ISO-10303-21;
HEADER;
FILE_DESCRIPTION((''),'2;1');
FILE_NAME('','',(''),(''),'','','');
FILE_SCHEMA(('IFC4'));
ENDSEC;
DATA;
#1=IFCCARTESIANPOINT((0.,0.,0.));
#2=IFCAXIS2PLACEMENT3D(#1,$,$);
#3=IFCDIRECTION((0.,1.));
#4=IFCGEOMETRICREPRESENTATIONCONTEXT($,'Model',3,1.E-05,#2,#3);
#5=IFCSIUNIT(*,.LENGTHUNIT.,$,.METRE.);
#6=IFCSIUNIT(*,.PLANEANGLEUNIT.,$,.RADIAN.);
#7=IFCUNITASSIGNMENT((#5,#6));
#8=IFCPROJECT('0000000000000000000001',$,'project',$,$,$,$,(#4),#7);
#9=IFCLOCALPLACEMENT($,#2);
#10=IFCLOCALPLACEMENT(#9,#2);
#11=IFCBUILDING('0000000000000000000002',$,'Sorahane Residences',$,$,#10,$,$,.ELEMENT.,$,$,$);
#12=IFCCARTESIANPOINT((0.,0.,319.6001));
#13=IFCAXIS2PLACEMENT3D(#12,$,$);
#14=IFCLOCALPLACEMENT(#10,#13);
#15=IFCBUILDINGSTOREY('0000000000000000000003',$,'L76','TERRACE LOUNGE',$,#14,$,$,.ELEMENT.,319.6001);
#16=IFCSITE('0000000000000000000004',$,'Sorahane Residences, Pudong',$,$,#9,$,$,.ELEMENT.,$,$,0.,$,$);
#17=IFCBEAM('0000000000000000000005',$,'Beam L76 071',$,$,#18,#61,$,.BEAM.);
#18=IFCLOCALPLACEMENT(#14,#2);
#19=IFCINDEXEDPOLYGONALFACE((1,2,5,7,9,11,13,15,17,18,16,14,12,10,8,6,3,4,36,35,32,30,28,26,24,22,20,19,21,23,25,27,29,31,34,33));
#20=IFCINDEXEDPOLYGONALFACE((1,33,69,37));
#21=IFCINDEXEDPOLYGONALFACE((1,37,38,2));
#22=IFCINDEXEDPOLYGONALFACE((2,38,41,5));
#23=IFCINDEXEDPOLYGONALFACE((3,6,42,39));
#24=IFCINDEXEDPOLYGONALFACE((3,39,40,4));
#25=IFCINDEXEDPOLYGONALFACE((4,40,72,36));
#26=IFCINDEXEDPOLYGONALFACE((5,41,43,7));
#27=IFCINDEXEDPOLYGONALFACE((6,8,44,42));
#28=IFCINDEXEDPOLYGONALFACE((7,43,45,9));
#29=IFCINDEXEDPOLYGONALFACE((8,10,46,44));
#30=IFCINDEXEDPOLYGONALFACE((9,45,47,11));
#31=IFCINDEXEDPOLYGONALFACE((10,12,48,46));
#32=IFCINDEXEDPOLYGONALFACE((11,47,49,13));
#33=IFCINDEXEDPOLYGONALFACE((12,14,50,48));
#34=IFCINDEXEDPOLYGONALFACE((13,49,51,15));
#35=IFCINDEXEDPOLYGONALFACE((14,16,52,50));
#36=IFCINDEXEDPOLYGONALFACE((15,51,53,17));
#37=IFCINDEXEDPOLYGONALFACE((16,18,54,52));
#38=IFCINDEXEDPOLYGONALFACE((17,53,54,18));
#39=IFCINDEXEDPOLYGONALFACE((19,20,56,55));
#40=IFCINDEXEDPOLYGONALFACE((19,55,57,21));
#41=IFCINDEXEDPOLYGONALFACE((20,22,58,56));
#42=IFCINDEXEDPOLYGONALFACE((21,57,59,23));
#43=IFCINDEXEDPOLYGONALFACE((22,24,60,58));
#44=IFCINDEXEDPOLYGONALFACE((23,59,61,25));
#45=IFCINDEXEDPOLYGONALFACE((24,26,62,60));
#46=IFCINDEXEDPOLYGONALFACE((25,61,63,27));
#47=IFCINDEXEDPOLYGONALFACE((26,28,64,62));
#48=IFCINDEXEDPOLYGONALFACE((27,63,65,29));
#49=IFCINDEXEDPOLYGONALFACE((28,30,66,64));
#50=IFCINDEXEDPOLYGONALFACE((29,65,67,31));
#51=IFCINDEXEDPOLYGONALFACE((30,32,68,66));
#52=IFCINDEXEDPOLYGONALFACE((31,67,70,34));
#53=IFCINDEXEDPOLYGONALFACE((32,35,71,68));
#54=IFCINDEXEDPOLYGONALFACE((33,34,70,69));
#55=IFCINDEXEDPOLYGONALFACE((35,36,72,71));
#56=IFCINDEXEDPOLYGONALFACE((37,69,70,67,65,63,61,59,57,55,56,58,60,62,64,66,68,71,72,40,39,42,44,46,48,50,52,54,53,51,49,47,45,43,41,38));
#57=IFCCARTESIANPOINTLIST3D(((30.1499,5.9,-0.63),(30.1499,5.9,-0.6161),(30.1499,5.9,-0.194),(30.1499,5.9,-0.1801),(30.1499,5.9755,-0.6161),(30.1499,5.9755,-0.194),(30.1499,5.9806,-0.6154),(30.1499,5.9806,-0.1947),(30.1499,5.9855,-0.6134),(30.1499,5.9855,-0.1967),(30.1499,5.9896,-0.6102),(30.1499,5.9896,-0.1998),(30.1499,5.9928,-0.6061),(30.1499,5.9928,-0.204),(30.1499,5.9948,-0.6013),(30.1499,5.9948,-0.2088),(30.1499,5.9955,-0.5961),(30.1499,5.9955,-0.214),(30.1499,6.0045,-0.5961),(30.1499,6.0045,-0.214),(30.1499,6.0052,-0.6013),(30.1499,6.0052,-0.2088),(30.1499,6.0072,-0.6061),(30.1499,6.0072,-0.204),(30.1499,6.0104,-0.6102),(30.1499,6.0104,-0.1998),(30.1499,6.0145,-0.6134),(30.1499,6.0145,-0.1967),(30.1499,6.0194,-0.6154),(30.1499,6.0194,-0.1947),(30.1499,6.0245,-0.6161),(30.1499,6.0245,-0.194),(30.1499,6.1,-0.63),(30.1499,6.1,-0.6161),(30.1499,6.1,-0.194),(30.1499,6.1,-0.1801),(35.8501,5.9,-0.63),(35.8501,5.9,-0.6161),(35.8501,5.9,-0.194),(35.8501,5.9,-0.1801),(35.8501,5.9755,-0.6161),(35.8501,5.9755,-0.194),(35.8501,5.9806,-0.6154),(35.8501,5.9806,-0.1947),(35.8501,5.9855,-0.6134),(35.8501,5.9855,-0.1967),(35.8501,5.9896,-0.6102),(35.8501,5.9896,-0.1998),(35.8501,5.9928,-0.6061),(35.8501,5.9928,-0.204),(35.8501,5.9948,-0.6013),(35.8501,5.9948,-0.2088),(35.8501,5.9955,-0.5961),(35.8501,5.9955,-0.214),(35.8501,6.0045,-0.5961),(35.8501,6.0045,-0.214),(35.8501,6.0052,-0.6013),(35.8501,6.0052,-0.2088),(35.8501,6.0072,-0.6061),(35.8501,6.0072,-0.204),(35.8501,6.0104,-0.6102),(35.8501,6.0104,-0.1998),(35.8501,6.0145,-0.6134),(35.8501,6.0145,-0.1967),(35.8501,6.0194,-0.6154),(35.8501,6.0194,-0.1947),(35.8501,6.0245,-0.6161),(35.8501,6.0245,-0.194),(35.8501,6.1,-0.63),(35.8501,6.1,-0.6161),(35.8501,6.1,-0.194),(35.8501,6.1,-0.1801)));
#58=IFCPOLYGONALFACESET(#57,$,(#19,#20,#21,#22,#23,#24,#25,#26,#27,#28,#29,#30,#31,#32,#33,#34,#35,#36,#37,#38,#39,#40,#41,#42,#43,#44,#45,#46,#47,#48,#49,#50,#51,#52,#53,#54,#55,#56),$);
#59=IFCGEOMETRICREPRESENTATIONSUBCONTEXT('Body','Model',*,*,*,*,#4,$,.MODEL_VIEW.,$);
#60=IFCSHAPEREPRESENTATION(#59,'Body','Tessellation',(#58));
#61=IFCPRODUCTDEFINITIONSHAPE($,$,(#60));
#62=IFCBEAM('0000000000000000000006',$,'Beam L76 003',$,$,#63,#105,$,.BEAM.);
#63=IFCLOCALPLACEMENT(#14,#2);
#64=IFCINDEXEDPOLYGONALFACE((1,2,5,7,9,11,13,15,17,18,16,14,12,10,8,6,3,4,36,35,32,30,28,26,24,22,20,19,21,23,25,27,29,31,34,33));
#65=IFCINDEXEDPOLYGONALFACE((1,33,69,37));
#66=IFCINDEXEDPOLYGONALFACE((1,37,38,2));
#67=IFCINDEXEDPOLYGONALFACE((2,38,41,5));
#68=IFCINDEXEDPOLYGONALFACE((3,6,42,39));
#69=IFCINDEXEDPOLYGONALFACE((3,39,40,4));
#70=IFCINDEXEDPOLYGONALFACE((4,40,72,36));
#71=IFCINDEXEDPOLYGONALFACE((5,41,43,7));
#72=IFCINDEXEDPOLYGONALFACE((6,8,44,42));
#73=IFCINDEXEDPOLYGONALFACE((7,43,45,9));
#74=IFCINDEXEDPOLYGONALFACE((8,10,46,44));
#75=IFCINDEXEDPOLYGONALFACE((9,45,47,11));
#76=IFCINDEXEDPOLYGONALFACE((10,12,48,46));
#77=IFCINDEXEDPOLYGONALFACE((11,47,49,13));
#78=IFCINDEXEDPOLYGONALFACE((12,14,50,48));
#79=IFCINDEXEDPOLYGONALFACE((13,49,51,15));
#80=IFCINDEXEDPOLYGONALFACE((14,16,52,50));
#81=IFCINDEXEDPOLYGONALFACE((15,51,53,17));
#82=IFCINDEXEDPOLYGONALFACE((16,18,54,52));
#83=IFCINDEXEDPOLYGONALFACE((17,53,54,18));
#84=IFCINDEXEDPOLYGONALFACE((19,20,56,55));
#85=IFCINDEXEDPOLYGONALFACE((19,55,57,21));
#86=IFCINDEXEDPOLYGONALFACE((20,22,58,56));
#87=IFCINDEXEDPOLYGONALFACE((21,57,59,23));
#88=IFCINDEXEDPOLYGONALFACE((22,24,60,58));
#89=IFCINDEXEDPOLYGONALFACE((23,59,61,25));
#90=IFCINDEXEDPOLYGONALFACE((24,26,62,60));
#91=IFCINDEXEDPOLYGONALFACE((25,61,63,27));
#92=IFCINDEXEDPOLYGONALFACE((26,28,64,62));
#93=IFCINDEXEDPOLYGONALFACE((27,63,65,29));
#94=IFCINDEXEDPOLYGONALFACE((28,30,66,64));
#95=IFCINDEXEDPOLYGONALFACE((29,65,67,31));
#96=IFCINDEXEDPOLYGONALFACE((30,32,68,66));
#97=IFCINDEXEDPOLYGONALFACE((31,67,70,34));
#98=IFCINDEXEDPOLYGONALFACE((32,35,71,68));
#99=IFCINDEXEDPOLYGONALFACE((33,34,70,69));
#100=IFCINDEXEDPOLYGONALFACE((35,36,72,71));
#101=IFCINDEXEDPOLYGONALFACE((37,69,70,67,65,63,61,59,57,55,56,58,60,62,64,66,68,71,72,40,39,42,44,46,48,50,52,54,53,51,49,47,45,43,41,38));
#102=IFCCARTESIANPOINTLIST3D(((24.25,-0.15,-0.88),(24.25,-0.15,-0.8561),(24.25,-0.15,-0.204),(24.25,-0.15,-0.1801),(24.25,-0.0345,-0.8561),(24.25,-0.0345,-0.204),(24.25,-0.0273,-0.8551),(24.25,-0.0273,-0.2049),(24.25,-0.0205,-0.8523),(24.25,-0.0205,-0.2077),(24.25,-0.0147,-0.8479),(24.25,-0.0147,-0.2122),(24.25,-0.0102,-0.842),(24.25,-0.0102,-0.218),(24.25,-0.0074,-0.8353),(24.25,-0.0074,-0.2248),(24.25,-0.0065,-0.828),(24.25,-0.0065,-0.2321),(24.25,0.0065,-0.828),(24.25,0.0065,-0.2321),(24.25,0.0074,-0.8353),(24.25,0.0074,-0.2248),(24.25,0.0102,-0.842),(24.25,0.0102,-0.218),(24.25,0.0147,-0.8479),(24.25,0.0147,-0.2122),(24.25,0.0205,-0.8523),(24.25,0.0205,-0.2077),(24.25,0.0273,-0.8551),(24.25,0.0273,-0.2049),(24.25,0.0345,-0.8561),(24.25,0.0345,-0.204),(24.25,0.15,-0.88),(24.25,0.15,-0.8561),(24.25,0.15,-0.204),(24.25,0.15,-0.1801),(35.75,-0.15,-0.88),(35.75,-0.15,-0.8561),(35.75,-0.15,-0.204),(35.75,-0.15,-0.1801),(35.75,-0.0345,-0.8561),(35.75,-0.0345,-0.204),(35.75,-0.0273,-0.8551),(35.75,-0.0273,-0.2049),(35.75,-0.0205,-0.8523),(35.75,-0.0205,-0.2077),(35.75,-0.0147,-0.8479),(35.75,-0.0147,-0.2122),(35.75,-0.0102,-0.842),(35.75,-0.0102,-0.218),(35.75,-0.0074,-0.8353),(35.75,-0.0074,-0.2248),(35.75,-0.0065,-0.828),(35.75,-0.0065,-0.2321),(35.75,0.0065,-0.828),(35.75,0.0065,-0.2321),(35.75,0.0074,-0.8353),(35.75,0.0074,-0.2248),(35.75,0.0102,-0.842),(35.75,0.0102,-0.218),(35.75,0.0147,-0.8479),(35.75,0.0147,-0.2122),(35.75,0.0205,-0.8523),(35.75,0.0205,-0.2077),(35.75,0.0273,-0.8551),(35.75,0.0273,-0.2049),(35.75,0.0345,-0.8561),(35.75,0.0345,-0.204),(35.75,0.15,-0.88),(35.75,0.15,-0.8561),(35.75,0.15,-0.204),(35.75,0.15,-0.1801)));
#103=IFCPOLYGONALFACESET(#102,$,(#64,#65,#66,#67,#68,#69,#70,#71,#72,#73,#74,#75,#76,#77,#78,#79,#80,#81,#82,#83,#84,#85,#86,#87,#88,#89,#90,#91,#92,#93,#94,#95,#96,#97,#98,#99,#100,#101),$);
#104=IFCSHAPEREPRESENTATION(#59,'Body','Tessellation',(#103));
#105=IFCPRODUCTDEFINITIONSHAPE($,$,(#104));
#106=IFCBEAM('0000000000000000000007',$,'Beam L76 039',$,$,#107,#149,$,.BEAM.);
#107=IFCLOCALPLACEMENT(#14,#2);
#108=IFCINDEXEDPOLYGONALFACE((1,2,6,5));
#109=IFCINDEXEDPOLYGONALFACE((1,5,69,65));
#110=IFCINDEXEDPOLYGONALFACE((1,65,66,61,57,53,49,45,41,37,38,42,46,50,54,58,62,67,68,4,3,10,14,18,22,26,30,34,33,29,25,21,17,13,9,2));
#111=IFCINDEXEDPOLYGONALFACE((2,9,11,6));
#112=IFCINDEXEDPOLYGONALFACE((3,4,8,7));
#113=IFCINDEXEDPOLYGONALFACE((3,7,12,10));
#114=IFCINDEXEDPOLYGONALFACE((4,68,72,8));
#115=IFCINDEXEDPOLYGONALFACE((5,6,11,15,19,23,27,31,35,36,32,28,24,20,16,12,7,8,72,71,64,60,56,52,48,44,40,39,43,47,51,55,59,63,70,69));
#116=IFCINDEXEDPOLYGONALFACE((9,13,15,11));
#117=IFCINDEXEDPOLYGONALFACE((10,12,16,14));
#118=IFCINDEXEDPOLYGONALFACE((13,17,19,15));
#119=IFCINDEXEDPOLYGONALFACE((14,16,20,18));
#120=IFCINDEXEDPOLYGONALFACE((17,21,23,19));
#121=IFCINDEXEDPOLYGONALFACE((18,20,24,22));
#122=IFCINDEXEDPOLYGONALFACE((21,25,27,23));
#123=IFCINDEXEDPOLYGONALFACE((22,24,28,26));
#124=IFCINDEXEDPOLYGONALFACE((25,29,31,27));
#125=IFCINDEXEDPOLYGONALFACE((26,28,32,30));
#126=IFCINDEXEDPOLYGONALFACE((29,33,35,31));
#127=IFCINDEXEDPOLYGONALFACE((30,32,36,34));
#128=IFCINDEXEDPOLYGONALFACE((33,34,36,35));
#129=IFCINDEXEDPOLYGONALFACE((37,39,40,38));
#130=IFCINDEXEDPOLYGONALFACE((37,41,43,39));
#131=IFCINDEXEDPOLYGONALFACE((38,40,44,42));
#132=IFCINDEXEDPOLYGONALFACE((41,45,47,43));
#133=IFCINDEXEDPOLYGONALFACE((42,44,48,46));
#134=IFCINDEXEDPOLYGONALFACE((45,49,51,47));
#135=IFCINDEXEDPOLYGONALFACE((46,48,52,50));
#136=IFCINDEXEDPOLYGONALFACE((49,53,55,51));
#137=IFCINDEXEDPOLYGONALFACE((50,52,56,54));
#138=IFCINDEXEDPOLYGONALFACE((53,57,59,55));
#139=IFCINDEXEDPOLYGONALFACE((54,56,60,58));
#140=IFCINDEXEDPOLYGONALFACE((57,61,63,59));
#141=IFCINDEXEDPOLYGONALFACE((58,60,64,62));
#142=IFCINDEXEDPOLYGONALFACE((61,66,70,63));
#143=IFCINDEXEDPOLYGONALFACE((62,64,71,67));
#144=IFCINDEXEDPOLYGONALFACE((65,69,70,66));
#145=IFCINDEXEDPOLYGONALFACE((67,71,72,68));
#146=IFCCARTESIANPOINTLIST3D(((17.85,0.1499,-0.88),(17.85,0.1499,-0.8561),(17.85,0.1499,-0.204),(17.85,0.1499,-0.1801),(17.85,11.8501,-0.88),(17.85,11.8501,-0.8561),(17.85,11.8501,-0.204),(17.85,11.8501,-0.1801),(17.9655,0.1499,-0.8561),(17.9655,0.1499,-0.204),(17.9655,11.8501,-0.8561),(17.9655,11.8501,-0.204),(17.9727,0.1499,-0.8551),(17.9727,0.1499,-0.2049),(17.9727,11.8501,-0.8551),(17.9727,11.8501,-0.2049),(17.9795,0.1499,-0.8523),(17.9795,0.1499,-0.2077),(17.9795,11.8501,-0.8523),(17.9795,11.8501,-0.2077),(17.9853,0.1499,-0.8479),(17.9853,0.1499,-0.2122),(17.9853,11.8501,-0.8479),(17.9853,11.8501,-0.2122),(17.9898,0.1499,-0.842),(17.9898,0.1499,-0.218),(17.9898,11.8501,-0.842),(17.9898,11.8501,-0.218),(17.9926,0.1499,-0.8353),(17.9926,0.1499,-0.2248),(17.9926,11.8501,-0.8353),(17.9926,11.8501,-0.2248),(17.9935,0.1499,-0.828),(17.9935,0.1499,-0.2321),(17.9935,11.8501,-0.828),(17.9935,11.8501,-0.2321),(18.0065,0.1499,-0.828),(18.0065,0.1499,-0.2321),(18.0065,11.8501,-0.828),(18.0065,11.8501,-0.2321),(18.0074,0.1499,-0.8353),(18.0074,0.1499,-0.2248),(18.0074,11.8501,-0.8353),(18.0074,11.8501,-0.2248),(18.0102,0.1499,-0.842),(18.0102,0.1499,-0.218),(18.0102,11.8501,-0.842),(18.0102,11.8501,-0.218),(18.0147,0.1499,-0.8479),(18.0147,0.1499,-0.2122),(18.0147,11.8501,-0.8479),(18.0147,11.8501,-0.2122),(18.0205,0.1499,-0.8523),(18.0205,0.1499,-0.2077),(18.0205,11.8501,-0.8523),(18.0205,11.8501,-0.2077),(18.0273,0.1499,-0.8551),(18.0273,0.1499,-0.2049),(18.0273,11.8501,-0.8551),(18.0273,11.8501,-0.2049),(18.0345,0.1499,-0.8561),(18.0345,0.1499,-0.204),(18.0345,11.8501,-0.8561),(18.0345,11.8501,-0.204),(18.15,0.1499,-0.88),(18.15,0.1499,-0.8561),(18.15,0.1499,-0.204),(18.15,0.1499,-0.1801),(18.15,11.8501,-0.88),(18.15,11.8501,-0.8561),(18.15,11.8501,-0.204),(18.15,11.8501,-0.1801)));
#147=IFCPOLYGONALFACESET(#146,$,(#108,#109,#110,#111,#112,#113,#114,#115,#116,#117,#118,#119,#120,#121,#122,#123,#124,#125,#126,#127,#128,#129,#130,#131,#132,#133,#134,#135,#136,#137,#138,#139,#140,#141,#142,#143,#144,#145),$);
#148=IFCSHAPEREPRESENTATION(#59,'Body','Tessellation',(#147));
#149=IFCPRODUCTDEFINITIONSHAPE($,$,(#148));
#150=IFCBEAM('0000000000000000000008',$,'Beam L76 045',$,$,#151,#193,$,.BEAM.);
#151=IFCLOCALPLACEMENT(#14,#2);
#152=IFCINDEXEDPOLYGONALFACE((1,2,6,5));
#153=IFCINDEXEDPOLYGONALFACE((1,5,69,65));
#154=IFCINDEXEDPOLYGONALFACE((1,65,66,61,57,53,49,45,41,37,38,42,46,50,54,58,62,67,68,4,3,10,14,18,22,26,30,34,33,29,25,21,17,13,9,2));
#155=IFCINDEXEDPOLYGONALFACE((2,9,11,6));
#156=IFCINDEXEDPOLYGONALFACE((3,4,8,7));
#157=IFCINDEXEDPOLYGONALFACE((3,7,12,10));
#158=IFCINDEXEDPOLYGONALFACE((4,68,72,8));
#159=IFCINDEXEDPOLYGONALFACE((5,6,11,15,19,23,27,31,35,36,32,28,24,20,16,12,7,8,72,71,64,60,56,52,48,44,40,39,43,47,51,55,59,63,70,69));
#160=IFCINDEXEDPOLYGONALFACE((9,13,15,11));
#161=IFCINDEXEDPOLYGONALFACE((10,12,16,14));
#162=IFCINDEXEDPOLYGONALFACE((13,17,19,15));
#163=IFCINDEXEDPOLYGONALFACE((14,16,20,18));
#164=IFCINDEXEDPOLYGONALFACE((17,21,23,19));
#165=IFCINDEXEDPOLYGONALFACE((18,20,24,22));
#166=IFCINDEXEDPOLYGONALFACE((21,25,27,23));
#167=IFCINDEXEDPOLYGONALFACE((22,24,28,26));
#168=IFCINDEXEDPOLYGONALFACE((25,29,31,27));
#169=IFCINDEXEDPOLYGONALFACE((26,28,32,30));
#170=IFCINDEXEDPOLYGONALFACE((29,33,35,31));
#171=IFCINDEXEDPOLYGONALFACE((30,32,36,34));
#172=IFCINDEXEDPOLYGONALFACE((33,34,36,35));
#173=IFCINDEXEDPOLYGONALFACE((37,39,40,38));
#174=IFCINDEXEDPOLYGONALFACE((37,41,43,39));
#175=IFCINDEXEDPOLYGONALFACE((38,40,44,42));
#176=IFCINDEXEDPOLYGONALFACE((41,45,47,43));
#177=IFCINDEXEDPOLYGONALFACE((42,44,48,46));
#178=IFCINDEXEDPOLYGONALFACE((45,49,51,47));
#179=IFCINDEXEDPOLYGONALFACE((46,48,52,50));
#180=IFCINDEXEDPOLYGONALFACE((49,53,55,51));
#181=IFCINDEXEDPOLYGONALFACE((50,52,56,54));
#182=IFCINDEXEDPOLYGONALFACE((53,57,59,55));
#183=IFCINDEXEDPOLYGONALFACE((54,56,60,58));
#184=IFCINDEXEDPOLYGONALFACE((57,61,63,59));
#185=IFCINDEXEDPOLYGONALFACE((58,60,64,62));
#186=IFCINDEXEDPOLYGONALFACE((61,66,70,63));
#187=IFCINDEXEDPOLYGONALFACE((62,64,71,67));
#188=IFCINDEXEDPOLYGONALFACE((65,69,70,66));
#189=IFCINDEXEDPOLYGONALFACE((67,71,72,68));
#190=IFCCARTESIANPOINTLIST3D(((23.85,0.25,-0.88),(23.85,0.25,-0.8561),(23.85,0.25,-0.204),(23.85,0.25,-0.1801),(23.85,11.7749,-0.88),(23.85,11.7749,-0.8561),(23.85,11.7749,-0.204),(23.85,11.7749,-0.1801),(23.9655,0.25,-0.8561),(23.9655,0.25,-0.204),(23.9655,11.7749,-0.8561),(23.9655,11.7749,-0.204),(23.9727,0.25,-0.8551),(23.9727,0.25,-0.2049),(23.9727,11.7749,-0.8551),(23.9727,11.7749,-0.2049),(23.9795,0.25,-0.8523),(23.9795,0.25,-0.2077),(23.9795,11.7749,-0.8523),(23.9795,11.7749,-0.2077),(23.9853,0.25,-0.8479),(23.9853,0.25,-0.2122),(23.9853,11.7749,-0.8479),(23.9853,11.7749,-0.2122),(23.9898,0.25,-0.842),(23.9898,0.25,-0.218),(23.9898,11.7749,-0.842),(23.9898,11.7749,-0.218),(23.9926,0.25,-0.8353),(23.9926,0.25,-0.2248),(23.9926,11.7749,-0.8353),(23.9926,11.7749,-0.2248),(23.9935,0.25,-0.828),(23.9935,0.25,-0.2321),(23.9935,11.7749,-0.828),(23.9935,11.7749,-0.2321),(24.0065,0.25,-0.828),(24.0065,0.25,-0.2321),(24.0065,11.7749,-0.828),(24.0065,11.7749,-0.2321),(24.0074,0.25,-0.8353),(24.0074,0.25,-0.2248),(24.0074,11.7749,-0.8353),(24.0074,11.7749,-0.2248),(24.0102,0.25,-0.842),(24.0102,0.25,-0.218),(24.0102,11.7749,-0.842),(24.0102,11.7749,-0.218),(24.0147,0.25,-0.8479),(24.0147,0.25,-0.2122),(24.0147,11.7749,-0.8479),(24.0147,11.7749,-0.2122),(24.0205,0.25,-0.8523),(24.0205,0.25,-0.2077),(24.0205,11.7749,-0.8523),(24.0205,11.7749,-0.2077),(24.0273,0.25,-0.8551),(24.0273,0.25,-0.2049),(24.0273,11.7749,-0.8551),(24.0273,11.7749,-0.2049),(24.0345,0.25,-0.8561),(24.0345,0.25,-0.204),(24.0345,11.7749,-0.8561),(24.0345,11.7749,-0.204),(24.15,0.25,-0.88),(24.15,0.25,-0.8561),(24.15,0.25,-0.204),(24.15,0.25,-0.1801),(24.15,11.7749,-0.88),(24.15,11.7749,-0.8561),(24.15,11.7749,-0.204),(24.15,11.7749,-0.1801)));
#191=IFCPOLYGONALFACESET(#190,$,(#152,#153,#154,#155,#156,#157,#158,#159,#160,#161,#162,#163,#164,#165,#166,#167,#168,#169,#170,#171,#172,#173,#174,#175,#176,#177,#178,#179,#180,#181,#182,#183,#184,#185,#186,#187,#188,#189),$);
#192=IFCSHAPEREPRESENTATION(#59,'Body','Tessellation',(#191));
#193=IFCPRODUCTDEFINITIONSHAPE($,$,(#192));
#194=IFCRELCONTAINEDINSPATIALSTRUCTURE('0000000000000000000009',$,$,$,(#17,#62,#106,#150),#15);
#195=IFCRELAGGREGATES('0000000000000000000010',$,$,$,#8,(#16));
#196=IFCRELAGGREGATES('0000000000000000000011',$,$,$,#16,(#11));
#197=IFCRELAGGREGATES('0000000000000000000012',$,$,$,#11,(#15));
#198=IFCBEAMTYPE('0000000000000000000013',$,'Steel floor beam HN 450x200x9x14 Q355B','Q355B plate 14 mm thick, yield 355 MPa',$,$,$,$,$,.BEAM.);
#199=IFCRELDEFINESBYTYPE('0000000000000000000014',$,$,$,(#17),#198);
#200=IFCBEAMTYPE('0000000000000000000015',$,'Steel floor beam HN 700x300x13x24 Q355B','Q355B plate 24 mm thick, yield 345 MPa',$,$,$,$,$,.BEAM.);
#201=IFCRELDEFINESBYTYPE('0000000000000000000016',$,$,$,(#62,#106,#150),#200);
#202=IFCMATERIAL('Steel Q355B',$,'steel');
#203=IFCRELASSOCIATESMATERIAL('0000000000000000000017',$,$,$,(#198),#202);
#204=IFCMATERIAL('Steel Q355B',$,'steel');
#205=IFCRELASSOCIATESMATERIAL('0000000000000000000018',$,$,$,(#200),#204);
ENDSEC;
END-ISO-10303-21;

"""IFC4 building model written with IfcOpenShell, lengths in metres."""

from ifc_helpers import new_model, si_unit, direction, frame, origin, origin_2d, place, context, subcontext, project, spatial, i_section, extrude, material, material_profile, profile_set, type_object, element, save


model = new_model("IFC4")

# Units and contexts
model_context = context("Model", 3, precision=1e-05, world=origin(), true_north=direction((0.0, 1.0)))
body_context = subcontext(model_context, "Body", "Model", "MODEL_VIEW")
ifc_project = project(units=[si_unit("LENGTHUNIT", "METRE"), si_unit("PLANEANGLEUNIT", "RADIAN")], contexts=[model_context])

# Site, building, storey
site_placement = place(None, origin())
site = spatial("IfcSite", under=ifc_project, at=site_placement, Name="Sorahane Residences, Pudong", CompositionType="ELEMENT", RefElevation=0.0)
building_placement = place(site_placement, origin())
building = spatial("IfcBuilding", under=site, at=building_placement, Name="Sorahane Residences", CompositionType="ELEMENT")
storey_placement = place(building_placement, frame((0.0, 0.0, 319.6001)))
storey = spatial("IfcBuildingStorey", under=building, at=storey_placement, Name="L76", Description="TERRACE LOUNGE", CompositionType="ELEMENT", Elevation=319.6001)

# Beams
ifc_material_1 = material(Name="Steel Q355B", Category="steel")
ifc_material_profile_1 = material_profile(ifc_material_1, i_section(OverallWidth=0.2, OverallDepth=0.45, WebThickness=0.009, FlangeThickness=0.0139, FilletRadius=0.02, at=origin_2d()), Name="HN 450x200x9x14")
ifc_profile_set_1 = profile_set([ifc_material_profile_1], Name="Steel Q355B")
beam_type_1 = type_object("IfcBeamType", Name="Steel floor beam HN 450x200x9x14 Q355B", Description="Q355B plate 14 mm thick, yield 355 MPa", PredefinedType="BEAM", material=ifc_profile_set_1)
for number, where, z_axis, x_axis, name in (
    (1, (30.1499, 6.0, -0.405), (1.0, 0.0, 0.0), (0.0, 1.0, 0.0), "Beam L76 071"),
):
    element("IfcBeam", number, at=place(storey_placement, frame(where, z_axis=z_axis, x_axis=x_axis)), inside=storey, type_object=beam_type_1, Name=name, PredefinedType="BEAM", context=body_context, shape_type="SweptSolid", body=[
        extrude(i_section(OverallWidth=0.2, OverallDepth=0.45, WebThickness=0.009, FlangeThickness=0.0139, FilletRadius=0.02, at=origin_2d()), origin(), (0.0, 0.0, 1.0), 5.7002),
    ])
ifc_material_2 = material(Name="Steel Q355B", Category="steel")
ifc_material_profile_2 = material_profile(ifc_material_2, i_section(OverallWidth=0.3, OverallDepth=0.7, WebThickness=0.0129, FlangeThickness=0.0239, FilletRadius=0.0281, at=origin_2d()), Name="HN 700x300x13x24")
ifc_profile_set_2 = profile_set([ifc_material_profile_2], Name="Steel Q355B")
beam_type_2 = type_object("IfcBeamType", Name="Steel floor beam HN 700x300x13x24 Q355B", Description="Q355B plate 24 mm thick, yield 345 MPa", PredefinedType="BEAM", material=ifc_profile_set_2)
beam_1_placement = place(storey_placement, frame((24.25, 0.0, -0.53), z_axis=(1.0, 0.0, 0.0), x_axis=(0.0, 1.0, 0.0)))
element("IfcBeam", 2, at=beam_1_placement, inside=storey, type_object=beam_type_2, Name="Beam L76 003", PredefinedType="BEAM", context=body_context, shape_type="SweptSolid", body=[
    extrude(i_section(OverallWidth=0.3, OverallDepth=0.7, WebThickness=0.0129, FlangeThickness=0.0239, FilletRadius=0.0281, at=origin_2d()), origin(), (0.0, 0.0, 1.0), 11.5),
])
beam_2_placement = place(storey_placement, frame((18.0, 0.1499, -0.53), z_axis=(0.0, 1.0, 0.0), x_axis=(-1.0, 0.0, 0.0)))
element("IfcBeam", 3, at=beam_2_placement, inside=storey, type_object=beam_type_2, Name="Beam L76 039", PredefinedType="BEAM", context=body_context, shape_type="SweptSolid", body=[
    extrude(i_section(OverallWidth=0.3, OverallDepth=0.7, WebThickness=0.0129, FlangeThickness=0.0239, FilletRadius=0.0281, at=origin_2d()), origin(), (0.0, 0.0, 1.0), 11.7002),
])
beam_3_placement = place(storey_placement, frame((24.0, 0.25, -0.53), z_axis=(0.0, 1.0, 0.0), x_axis=(-1.0, 0.0, 0.0)))
element("IfcBeam", 4, at=beam_3_placement, inside=storey, type_object=beam_type_2, Name="Beam L76 045", PredefinedType="BEAM", context=body_context, shape_type="SweptSolid", body=[
    extrude(i_section(OverallWidth=0.3, OverallDepth=0.7, WebThickness=0.0129, FlangeThickness=0.0239, FilletRadius=0.0281, at=origin_2d()), origin(), (0.0, 0.0, 1.0), 11.5249),
])

save(model, "model.ifc")
